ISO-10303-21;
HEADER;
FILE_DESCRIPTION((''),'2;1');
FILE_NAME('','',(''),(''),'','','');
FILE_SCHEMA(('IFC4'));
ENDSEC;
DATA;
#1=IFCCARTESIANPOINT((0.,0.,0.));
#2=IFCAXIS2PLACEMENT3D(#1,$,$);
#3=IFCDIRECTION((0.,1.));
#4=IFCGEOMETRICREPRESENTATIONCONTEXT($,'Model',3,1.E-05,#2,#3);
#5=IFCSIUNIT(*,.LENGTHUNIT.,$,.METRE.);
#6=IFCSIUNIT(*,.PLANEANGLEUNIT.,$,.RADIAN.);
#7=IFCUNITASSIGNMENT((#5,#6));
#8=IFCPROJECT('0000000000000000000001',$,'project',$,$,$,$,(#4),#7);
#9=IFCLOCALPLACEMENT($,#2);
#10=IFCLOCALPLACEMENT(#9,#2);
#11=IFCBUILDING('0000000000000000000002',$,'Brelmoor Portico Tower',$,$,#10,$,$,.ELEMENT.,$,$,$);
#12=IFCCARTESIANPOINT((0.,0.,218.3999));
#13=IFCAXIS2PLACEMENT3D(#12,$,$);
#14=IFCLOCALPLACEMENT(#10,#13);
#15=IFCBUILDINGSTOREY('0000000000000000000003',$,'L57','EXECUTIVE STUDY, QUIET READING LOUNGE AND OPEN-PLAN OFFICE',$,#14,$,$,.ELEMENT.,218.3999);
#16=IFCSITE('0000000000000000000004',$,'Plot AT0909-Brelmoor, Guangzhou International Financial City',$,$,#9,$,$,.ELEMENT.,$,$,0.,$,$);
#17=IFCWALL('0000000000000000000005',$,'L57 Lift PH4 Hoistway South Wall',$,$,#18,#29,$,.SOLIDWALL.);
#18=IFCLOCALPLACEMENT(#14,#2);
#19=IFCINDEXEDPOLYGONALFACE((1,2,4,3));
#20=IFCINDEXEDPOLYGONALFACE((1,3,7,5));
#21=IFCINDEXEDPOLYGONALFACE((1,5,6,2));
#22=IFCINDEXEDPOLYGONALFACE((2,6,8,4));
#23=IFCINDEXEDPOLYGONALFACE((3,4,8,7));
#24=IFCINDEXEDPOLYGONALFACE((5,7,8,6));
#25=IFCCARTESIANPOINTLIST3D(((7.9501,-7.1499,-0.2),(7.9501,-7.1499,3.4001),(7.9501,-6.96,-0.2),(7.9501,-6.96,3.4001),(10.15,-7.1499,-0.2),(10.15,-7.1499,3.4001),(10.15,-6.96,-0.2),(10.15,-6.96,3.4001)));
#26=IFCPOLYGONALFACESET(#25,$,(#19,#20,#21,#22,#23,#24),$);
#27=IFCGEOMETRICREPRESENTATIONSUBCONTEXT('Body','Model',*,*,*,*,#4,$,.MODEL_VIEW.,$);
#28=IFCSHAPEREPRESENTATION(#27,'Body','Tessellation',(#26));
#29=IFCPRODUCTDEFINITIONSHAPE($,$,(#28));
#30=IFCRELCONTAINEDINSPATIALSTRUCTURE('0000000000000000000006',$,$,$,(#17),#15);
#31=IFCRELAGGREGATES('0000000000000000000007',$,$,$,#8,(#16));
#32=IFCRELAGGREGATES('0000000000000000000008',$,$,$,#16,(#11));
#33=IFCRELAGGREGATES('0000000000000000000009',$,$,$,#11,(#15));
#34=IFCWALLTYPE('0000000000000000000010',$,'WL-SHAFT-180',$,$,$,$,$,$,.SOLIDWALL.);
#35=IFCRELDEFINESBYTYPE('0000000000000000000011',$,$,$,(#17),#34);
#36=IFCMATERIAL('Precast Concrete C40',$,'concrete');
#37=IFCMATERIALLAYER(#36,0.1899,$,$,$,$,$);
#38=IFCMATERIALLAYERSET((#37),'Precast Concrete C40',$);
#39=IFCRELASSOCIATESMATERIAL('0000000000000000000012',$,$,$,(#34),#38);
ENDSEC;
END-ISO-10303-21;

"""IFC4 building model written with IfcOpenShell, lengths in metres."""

from ifc_helpers import new_model, si_unit, direction, frame, frame_2d, origin, place, context, subcontext, project, spatial, rectangle, extrude, material, layer, layer_set, type_object, element, save


model = new_model("IFC4")

# Units and contexts
model_context = context("Model", 3, precision=1e-05, world=origin(), true_north=direction((0.0, 1.0)))
body_context = subcontext(model_context, "Body", "Model", "MODEL_VIEW")
ifc_project = project(units=[si_unit("LENGTHUNIT", "METRE"), si_unit("PLANEANGLEUNIT", "RADIAN")], contexts=[model_context])

# Site, building, storey
site_placement = place(None, origin())
site = spatial("IfcSite", under=ifc_project, at=site_placement, Name="Plot AT0909-Brelmoor, Guangzhou International Financial City", CompositionType="ELEMENT", RefElevation=0.0)
building_placement = place(site_placement, origin())
building = spatial("IfcBuilding", under=site, at=building_placement, Name="Brelmoor Portico Tower", CompositionType="ELEMENT")
storey_placement = place(building_placement, frame((0.0, 0.0, 218.3999)))
storey = spatial("IfcBuildingStorey", under=building, at=storey_placement, Name="L57", Description="EXECUTIVE STUDY, QUIET READING LOUNGE AND OPEN-PLAN OFFICE", CompositionType="ELEMENT", Elevation=218.3999)

# Shared definitions
ifc_material_1 = material(Name="Precast Concrete C40", Category="concrete")
ifc_layer_1 = layer(ifc_material_1, 0.1899)
ifc_layer_set_1 = layer_set([ifc_layer_1], Name="Precast Concrete C40")
wall_type_1 = type_object("IfcWallType", Name="WL-SHAFT-180", PredefinedType="SOLIDWALL", material=ifc_layer_set_1)

# Wall
for number, where, z_axis, x_axis, name in (
    (1, (7.95, -7.0549, -0.2), (0.0, 0.0, 1.0), (1.0, 0.0, 0.0), "L57 Lift PH4 Hoistway South Wall"),
):
    element("IfcWall", number, at=place(storey_placement, frame(where, z_axis=z_axis, x_axis=x_axis)), inside=storey, type_object=wall_type_1, Name=name, PredefinedType="SOLIDWALL", context=body_context, shape_type="SweptSolid", body=[
        extrude(rectangle(XDim=2.2, YDim=0.1899, at=frame_2d((1.1001, 0.0))), origin(), (0.0, 0.0, 1.0), 3.6001),
    ])

save(model, "model.ifc")
